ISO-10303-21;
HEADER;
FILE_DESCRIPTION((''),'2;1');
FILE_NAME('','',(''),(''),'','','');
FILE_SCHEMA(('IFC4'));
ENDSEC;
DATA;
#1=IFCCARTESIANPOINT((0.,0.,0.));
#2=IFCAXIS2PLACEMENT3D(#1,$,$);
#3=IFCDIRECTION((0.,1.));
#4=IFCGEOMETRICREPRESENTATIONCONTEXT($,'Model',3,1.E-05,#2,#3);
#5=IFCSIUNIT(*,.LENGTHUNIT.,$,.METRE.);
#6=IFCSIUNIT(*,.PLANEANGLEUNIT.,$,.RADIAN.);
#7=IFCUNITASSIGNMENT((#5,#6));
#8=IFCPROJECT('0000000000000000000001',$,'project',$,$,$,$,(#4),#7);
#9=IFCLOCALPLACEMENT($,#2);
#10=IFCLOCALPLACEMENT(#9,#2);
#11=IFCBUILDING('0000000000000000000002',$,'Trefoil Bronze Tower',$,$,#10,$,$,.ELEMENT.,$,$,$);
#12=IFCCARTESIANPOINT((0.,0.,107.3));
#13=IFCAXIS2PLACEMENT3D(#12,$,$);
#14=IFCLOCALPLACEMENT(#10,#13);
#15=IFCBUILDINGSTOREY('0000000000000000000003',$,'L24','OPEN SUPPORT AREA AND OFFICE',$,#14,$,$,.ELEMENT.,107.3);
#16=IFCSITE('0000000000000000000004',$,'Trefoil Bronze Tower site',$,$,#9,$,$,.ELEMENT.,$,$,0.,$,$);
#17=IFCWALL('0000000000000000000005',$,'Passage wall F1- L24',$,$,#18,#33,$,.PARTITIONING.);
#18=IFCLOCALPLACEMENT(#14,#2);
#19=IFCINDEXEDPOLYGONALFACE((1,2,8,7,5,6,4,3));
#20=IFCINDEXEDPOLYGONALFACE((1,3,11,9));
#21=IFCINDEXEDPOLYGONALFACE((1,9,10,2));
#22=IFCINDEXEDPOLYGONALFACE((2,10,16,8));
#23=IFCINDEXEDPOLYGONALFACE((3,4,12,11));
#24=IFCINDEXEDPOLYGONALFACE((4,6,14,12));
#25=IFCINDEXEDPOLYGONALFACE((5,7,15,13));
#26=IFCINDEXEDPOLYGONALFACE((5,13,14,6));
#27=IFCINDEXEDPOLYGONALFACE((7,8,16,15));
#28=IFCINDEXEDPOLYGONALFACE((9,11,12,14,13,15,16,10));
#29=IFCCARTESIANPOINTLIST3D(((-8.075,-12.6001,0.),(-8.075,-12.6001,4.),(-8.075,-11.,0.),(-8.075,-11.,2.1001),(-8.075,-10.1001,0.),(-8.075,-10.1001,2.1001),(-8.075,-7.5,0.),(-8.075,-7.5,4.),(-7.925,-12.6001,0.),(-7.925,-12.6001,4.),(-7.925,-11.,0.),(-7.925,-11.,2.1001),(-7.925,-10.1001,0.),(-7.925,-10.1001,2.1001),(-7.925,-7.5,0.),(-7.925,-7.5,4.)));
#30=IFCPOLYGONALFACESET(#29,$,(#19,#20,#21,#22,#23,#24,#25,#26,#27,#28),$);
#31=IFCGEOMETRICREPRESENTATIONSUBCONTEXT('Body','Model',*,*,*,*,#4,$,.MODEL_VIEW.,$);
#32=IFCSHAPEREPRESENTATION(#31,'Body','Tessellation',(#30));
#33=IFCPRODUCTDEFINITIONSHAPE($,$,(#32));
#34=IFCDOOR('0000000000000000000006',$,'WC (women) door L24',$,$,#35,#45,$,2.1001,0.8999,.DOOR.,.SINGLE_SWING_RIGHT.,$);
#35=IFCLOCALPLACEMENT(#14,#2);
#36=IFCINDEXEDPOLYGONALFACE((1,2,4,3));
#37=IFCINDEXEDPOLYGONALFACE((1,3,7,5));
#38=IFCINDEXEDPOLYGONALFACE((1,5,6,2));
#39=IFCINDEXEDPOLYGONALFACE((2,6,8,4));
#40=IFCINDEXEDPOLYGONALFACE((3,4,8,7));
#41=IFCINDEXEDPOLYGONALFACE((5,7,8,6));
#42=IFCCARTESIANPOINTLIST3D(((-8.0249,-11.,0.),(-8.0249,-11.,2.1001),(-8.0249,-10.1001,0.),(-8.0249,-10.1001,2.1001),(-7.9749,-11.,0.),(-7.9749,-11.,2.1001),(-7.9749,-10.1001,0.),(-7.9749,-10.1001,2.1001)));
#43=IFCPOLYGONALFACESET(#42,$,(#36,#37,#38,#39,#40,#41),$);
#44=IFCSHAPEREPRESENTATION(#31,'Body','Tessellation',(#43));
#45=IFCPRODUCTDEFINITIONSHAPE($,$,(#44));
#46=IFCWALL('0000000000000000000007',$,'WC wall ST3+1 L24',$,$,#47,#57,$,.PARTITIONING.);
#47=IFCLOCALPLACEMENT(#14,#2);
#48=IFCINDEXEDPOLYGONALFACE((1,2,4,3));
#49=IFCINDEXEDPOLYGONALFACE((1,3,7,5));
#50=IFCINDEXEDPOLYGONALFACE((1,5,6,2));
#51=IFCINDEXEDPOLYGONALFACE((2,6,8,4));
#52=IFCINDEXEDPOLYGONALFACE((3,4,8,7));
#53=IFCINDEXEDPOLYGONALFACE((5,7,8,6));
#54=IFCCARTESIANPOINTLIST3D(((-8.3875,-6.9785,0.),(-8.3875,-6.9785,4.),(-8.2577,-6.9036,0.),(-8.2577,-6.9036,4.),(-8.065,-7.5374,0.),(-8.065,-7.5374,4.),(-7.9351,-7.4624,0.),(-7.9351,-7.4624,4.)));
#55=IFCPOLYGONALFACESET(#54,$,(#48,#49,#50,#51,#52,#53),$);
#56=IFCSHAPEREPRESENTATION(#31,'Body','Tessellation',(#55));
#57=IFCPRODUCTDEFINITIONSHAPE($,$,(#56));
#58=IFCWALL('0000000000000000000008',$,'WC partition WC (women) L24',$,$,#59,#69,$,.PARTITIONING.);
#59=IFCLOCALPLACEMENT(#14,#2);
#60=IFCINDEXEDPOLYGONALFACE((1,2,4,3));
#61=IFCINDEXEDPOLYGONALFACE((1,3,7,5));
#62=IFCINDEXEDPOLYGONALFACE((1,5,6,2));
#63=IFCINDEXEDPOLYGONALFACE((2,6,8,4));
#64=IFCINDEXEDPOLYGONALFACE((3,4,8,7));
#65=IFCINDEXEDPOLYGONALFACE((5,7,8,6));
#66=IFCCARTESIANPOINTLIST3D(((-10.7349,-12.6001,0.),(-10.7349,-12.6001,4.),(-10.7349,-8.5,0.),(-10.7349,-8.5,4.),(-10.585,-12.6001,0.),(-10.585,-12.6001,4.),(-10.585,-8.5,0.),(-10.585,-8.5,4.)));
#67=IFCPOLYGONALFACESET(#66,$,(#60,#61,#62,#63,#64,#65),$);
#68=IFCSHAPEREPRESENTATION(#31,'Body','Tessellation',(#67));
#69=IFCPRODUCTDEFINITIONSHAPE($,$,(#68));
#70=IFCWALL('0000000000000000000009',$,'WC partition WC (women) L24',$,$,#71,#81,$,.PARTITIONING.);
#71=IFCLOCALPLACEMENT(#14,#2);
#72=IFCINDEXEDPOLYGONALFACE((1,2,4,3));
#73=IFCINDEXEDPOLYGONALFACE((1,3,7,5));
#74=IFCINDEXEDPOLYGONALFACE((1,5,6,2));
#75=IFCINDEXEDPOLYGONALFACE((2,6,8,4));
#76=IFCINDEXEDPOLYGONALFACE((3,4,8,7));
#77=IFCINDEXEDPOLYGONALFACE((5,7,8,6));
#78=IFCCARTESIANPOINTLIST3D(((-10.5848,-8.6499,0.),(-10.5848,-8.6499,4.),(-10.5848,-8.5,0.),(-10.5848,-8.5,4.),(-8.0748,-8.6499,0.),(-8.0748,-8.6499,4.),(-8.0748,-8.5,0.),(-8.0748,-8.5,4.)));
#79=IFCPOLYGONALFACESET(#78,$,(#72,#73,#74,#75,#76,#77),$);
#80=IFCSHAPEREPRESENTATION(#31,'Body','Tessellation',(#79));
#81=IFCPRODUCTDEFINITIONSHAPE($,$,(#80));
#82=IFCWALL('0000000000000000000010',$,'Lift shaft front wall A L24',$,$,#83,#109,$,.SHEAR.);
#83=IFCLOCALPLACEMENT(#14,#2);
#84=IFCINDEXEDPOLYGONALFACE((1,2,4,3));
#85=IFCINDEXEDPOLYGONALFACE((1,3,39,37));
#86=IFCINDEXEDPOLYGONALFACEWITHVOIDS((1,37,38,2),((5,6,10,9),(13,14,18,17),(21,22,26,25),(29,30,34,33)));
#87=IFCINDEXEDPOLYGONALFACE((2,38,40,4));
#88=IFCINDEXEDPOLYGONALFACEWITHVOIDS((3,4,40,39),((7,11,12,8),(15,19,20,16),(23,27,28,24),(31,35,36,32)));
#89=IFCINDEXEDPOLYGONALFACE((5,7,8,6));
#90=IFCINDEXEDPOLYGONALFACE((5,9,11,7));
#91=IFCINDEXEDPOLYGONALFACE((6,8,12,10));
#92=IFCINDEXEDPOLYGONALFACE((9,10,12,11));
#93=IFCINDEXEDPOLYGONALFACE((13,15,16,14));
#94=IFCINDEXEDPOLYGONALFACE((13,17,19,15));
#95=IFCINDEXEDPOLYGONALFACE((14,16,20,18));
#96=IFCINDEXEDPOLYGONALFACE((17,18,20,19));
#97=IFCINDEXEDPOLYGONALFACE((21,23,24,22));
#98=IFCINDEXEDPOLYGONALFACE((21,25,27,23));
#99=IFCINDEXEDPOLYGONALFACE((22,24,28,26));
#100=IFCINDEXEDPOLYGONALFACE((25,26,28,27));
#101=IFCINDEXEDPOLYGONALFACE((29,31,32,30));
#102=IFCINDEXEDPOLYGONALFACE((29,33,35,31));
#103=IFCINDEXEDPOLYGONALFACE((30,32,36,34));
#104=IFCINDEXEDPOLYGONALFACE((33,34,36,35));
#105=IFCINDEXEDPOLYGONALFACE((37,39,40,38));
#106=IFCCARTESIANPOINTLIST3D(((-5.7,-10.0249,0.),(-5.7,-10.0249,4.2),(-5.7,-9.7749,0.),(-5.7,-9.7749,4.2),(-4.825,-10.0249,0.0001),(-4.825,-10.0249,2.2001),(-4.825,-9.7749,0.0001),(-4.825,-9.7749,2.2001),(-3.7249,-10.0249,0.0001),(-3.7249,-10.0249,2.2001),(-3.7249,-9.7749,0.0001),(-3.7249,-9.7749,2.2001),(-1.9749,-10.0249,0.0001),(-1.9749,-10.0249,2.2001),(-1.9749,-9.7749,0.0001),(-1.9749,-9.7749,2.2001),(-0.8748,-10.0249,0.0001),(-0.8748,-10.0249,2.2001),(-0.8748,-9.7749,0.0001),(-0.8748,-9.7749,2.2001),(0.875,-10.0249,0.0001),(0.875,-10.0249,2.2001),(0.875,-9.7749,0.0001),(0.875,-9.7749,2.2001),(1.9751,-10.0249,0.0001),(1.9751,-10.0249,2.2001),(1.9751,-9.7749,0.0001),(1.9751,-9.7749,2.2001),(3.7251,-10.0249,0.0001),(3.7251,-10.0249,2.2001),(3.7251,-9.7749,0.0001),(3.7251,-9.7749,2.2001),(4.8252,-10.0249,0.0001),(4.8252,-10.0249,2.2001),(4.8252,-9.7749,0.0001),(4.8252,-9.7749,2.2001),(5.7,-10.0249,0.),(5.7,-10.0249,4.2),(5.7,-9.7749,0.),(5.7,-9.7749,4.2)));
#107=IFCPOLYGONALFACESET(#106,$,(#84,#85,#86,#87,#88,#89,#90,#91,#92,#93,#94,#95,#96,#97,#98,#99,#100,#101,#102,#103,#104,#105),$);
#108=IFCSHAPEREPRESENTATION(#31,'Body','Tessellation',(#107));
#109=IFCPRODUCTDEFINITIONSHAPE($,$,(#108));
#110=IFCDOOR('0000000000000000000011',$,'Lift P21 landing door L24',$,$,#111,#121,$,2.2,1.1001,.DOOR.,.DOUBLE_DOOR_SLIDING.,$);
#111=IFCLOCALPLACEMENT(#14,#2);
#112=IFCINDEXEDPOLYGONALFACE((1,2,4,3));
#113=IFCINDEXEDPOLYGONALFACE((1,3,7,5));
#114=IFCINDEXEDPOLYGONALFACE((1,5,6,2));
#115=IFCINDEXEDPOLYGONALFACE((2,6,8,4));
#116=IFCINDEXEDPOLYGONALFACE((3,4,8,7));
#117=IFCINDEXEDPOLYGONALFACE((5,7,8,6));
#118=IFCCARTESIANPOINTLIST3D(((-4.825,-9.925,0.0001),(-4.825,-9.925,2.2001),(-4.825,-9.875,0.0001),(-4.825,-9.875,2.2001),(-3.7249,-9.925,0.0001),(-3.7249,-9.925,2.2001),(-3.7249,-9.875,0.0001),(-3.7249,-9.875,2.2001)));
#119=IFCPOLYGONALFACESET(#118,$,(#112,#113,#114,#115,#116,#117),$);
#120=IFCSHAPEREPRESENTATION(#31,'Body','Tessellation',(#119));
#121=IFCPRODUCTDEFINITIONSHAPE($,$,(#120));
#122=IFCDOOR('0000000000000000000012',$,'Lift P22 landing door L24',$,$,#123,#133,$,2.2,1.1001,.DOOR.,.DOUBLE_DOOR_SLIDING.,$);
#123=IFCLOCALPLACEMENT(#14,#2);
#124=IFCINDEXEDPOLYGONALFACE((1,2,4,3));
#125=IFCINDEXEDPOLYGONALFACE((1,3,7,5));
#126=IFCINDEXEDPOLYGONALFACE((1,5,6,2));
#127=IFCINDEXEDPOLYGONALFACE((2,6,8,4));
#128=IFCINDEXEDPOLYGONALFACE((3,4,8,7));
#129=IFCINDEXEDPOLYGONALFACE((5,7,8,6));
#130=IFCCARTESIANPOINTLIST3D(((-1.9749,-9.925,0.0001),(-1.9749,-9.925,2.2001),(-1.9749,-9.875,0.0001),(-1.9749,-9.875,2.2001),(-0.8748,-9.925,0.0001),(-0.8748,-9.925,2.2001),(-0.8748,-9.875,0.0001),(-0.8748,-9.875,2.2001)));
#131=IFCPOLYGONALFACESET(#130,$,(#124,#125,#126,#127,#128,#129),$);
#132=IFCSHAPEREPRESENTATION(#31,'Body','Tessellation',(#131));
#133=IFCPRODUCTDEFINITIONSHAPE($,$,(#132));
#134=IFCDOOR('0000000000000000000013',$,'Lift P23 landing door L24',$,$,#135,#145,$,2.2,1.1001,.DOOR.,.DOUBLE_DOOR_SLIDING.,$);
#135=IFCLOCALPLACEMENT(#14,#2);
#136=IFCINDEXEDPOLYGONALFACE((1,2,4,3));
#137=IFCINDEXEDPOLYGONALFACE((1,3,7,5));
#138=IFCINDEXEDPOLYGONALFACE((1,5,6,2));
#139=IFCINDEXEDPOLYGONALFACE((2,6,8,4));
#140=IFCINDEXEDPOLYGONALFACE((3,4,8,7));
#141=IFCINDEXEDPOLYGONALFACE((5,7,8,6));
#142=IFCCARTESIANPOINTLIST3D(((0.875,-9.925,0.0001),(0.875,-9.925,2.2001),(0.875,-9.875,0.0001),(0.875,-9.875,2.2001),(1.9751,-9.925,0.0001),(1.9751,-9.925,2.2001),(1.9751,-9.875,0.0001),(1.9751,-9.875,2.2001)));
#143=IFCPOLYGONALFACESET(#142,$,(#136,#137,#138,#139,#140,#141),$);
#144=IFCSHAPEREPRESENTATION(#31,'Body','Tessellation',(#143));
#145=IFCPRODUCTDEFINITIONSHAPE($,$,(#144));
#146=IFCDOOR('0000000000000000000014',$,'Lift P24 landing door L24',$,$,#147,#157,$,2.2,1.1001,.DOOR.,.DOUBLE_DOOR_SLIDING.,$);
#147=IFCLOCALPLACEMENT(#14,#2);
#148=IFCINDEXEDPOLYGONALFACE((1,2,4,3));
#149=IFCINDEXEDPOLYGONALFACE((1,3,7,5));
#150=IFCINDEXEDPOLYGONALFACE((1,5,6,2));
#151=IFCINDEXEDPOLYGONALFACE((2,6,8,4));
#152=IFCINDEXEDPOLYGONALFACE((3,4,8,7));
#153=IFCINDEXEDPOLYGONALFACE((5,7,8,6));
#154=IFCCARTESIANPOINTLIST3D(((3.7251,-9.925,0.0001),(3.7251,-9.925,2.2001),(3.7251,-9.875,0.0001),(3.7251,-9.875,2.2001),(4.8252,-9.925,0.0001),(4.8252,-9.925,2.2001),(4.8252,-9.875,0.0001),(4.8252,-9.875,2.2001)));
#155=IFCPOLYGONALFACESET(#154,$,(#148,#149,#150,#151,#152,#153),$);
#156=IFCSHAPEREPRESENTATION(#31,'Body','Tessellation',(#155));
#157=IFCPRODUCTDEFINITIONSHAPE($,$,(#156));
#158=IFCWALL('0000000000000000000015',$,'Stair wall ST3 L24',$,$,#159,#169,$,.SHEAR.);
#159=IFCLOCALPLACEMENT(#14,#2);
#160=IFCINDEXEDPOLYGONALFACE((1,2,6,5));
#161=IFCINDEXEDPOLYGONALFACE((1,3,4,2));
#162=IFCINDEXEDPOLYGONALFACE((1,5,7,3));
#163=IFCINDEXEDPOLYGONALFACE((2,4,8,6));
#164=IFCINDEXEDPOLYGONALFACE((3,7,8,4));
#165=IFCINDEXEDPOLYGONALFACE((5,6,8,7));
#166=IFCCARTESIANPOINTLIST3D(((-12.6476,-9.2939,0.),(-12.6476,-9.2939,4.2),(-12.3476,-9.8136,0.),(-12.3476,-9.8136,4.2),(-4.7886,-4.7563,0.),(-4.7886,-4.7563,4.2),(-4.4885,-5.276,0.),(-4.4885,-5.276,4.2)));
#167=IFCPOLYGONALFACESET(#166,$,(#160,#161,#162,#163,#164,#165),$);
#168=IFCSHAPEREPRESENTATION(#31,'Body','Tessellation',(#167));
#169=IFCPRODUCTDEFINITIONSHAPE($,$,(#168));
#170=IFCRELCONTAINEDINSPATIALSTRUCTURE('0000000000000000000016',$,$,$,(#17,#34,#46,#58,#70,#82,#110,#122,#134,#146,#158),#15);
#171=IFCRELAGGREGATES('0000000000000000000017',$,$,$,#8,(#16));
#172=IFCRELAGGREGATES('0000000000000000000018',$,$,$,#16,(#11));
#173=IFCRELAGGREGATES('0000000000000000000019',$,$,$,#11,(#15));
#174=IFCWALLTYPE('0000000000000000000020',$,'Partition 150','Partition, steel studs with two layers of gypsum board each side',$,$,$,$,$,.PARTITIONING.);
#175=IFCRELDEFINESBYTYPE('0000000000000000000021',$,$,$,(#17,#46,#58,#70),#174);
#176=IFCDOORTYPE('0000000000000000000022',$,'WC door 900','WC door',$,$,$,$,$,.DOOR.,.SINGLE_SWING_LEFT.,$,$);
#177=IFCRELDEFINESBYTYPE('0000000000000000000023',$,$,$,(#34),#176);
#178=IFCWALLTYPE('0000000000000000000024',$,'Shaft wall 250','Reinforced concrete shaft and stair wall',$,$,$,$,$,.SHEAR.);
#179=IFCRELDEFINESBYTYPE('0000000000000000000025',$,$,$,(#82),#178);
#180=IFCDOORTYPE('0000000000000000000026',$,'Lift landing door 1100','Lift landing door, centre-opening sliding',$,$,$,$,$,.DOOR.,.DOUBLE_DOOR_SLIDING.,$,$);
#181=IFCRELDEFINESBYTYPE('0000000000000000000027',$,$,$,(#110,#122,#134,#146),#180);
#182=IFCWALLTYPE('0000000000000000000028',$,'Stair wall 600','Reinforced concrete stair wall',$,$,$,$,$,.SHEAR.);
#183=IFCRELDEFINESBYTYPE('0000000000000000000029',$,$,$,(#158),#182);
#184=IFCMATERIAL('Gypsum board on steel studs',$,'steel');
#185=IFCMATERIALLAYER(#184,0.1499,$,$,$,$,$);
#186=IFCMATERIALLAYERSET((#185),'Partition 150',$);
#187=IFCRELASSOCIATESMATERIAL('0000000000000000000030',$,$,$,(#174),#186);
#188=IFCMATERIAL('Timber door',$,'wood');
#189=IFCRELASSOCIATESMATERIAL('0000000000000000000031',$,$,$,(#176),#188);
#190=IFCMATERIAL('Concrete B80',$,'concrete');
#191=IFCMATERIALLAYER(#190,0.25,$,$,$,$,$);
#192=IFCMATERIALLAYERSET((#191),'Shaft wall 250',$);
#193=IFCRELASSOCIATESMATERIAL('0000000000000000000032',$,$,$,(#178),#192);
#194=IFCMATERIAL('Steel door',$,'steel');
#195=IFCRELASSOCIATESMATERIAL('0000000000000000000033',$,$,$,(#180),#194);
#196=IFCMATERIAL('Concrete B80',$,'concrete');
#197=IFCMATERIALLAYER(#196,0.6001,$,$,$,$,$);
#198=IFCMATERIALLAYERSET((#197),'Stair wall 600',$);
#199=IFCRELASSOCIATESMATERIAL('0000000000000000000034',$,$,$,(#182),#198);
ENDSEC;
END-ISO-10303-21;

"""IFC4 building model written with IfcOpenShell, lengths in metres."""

from ifc_helpers import new_model, si_unit, direction, frame, frame_2d, origin, place, context, subcontext, project, spatial, rectangle, extrude, material, layer, layer_set, type_object, element, fill, save


model = new_model("IFC4")

# Units and contexts
model_context = context("Model", 3, precision=1e-05, world=origin(), true_north=direction((0.0, 1.0)))
body_context = subcontext(model_context, "Body", "Model", "MODEL_VIEW")
ifc_project = project(units=[si_unit("LENGTHUNIT", "METRE"), si_unit("PLANEANGLEUNIT", "RADIAN")], contexts=[model_context])

# Site, building, storey
site_placement = place(None, origin())
site = spatial("IfcSite", under=ifc_project, at=site_placement, Name="Trefoil Bronze Tower site", CompositionType="ELEMENT", RefElevation=0.0)
building_placement = place(site_placement, origin())
building = spatial("IfcBuilding", under=site, at=building_placement, Name="Trefoil Bronze Tower", CompositionType="ELEMENT")
storey_placement = place(building_placement, frame((0.0, 0.0, 107.3)))
storey = spatial("IfcBuildingStorey", under=building, at=storey_placement, Name="L24", Description="OPEN SUPPORT AREA AND OFFICE", CompositionType="ELEMENT", Elevation=107.3)

# Wall, opening, door
ifc_material_1 = material(Name="Gypsum board on steel studs", Category="steel")
ifc_layer_1 = layer(ifc_material_1, 0.1499)
ifc_layer_set_1 = layer_set([ifc_layer_1], Name="Partition 150")
wall_type_1 = type_object("IfcWallType", Name="Partition 150", Description="Partition, steel studs with two layers of gypsum board each side", PredefinedType="PARTITIONING", material=ifc_layer_set_1)
wall_1_placement = place(storey_placement, frame((-8.0, -7.5, 0.0), z_axis=(0.0, 0.0, 1.0), x_axis=(0.0, -1.0, 0.0)))
wall_1 = element("IfcWall", 1, at=wall_1_placement, inside=storey, type_object=wall_type_1, Name="Passage wall F1- L24", PredefinedType="PARTITIONING", context=body_context, shape_type="SweptSolid", body=[
    extrude(rectangle(XDim=5.1001, YDim=0.1499, at=frame_2d((2.55, 0.0))), origin(), (0.0, 0.0, 1.0), 4.0),
])
opening_1_placement = place(wall_1_placement, frame((2.6001, 0.0, 0.0)))
opening_1 = element("IfcOpeningElement", 2, at=opening_1_placement, cuts=wall_1, PredefinedType="OPENING", context=body_context, shape_type="SweptSolid", body=[
    extrude(rectangle(XDim=0.8999, YDim=2.1001, at=frame_2d((0.45, 1.05))), frame((0.0, 0.085, 0.0), z_axis=(0.0, -1.0, 0.0), x_axis=(1.0, 0.0, 0.0)), (0.0, 0.0, 1.0), 0.1699),
])
ifc_material_2 = material(Name="Timber door", Category="wood")
door_type_1 = type_object("IfcDoorType", Name="WC door 900", Description="WC door", OperationType="SINGLE_SWING_LEFT", PredefinedType="DOOR", material=ifc_material_2)
door_1_placement = place(opening_1_placement, frame((0.8999, 0.0, 0.0), z_axis=(0.0, 0.0, 1.0), x_axis=(-1.0, 0.0, 0.0)))
door_1 = element("IfcDoor", 3, at=door_1_placement, inside=storey, type_object=door_type_1, Name="WC (women) door L24", OperationType="SINGLE_SWING_RIGHT", OverallHeight=2.1001, OverallWidth=0.8999, PredefinedType="DOOR", context=body_context, shape_type="SweptSolid", body=[
    extrude(rectangle(XDim=0.8999, YDim=2.1001, at=frame_2d((0.45, 1.05))), frame((0.0, 0.0249, 0.0), z_axis=(0.0, -1.0, 0.0), x_axis=(1.0, 0.0, 0.0)), (0.0, 0.0, 1.0), 0.05),
])
fill(opening_1, door_1)

# Walls
wall_2_placement = place(storey_placement, frame((-8.0, -7.5, 0.0), z_axis=(0.0, 0.0, 1.0), x_axis=(-0.499843, 0.866116, 0.0)))
element("IfcWall", 4, at=wall_2_placement, inside=storey, type_object=wall_type_1, Name="WC wall ST3+1 L24", PredefinedType="PARTITIONING", context=body_context, shape_type="SweptSolid", body=[
    extrude(rectangle(XDim=0.6453, YDim=0.1499, at=frame_2d((0.3228, 0.0))), origin(), (0.0, 0.0, 1.0), 4.0),
])
wall_3_placement = place(storey_placement, frame((-10.6599, -8.5, 0.0), z_axis=(0.0, 0.0, 1.0), x_axis=(0.0, -1.0, 0.0)))
element("IfcWall", 5, at=wall_3_placement, inside=storey, type_object=wall_type_1, Name="WC partition WC (women) L24", PredefinedType="PARTITIONING", context=body_context, shape_type="SweptSolid", body=[
    extrude(rectangle(XDim=4.1001, YDim=0.1499, at=frame_2d((2.05, 0.0))), origin(), (0.0, 0.0, 1.0), 4.0),
])
wall_4_placement = place(storey_placement, frame((-8.075, -8.575, 0.0), z_axis=(0.0, 0.0, 1.0), x_axis=(-1.0, 0.0, 0.0)))
element("IfcWall", 6, at=wall_4_placement, inside=storey, type_object=wall_type_1, Name="WC partition WC (women) L24", PredefinedType="PARTITIONING", context=body_context, shape_type="SweptSolid", body=[
    extrude(rectangle(XDim=2.51, YDim=0.1499, at=frame_2d((1.2549, 0.0))), origin(), (0.0, 0.0, 1.0), 4.0),
])

# Wall, openings, doors
ifc_material_3 = material(Name="Concrete B80", Category="concrete")
ifc_layer_2 = layer(ifc_material_3, 0.25)
ifc_layer_set_2 = layer_set([ifc_layer_2], Name="Shaft wall 250")
wall_type_2 = type_object("IfcWallType", Name="Shaft wall 250", Description="Reinforced concrete shaft and stair wall", PredefinedType="SHEAR", material=ifc_layer_set_2)
wall_5_placement = place(storey_placement, frame((-5.7, -9.8999, 0.0), z_axis=(0.0, 0.0, 1.0), x_axis=(1.0, 0.0, 0.0)))
wall_5 = element("IfcWall", 7, at=wall_5_placement, inside=storey, type_object=wall_type_2, Name="Lift shaft front wall A L24", PredefinedType="SHEAR", context=body_context, shape_type="SweptSolid", body=[
    extrude(rectangle(XDim=11.3999, YDim=0.25, at=frame_2d((5.7, 0.0))), origin(), (0.0, 0.0, 1.0), 4.2),
])
opening_2_placement = place(wall_5_placement, frame((0.875, 0.0, 0.0)))
opening_2 = element("IfcOpeningElement", 8, at=opening_2_placement, cuts=wall_5, PredefinedType="OPENING", context=body_context, shape_type="SweptSolid", body=[
    extrude(rectangle(XDim=1.1001, YDim=2.2, at=frame_2d((0.55, 1.1001))), frame((0.0, 0.135, 0.0), z_axis=(0.0, -1.0, 0.0), x_axis=(1.0, 0.0, 0.0)), (0.0, 0.0, 1.0), 0.27),
])
opening_3_placement = place(wall_5_placement, frame((3.7251, 0.0, 0.0)))
opening_3 = element("IfcOpeningElement", 9, at=opening_3_placement, cuts=wall_5, PredefinedType="OPENING", context=body_context, shape_type="SweptSolid", body=[
    extrude(rectangle(XDim=1.1001, YDim=2.2, at=frame_2d((0.55, 1.1001))), frame((0.0, 0.135, 0.0), z_axis=(0.0, -1.0, 0.0), x_axis=(1.0, 0.0, 0.0)), (0.0, 0.0, 1.0), 0.27),
])
opening_4_placement = place(wall_5_placement, frame((6.575, 0.0, 0.0)))
opening_4 = element("IfcOpeningElement", 10, at=opening_4_placement, cuts=wall_5, PredefinedType="OPENING", context=body_context, shape_type="SweptSolid", body=[
    extrude(rectangle(XDim=1.1001, YDim=2.2, at=frame_2d((0.55, 1.1001))), frame((0.0, 0.135, 0.0), z_axis=(0.0, -1.0, 0.0), x_axis=(1.0, 0.0, 0.0)), (0.0, 0.0, 1.0), 0.27),
])
opening_5_placement = place(wall_5_placement, frame((9.425, 0.0, 0.0)))
opening_5 = element("IfcOpeningElement", 11, at=opening_5_placement, cuts=wall_5, PredefinedType="OPENING", context=body_context, shape_type="SweptSolid", body=[
    extrude(rectangle(XDim=1.1001, YDim=2.2, at=frame_2d((0.55, 1.1001))), frame((0.0, 0.135, 0.0), z_axis=(0.0, -1.0, 0.0), x_axis=(1.0, 0.0, 0.0)), (0.0, 0.0, 1.0), 0.27),
])
ifc_material_4 = material(Name="Steel door", Category="steel")
door_type_2 = type_object("IfcDoorType", Name="Lift landing door 1100", Description="Lift landing door, centre-opening sliding", OperationType="DOUBLE_DOOR_SLIDING", PredefinedType="DOOR", material=ifc_material_4)
door_2_placement = place(opening_2_placement, origin())
door_2 = element("IfcDoor", 12, at=door_2_placement, inside=storey, type_object=door_type_2, Name="Lift P21 landing door L24", OperationType="DOUBLE_DOOR_SLIDING", OverallHeight=2.2, OverallWidth=1.1001, PredefinedType="DOOR", context=body_context, shape_type="SweptSolid", body=[
    extrude(rectangle(XDim=1.1001, YDim=2.2, at=frame_2d((0.55, 1.1001))), frame((0.0, 0.0249, 0.0), z_axis=(0.0, -1.0, 0.0), x_axis=(1.0, 0.0, 0.0)), (0.0, 0.0, 1.0), 0.05),
])
fill(opening_2, door_2)
door_3_placement = place(opening_3_placement, origin())
door_3 = element("IfcDoor", 13, at=door_3_placement, inside=storey, type_object=door_type_2, Name="Lift P22 landing door L24", OperationType="DOUBLE_DOOR_SLIDING", OverallHeight=2.2, OverallWidth=1.1001, PredefinedType="DOOR", context=body_context, shape_type="SweptSolid", body=[
    extrude(rectangle(XDim=1.1001, YDim=2.2, at=frame_2d((0.55, 1.1001))), frame((0.0, 0.0249, 0.0), z_axis=(0.0, -1.0, 0.0), x_axis=(1.0, 0.0, 0.0)), (0.0, 0.0, 1.0), 0.05),
])
fill(opening_3, door_3)
door_4_placement = place(opening_4_placement, origin())
door_4 = element("IfcDoor", 14, at=door_4_placement, inside=storey, type_object=door_type_2, Name="Lift P23 landing door L24", OperationType="DOUBLE_DOOR_SLIDING", OverallHeight=2.2, OverallWidth=1.1001, PredefinedType="DOOR", context=body_context, shape_type="SweptSolid", body=[
    extrude(rectangle(XDim=1.1001, YDim=2.2, at=frame_2d((0.55, 1.1001))), frame((0.0, 0.0249, 0.0), z_axis=(0.0, -1.0, 0.0), x_axis=(1.0, 0.0, 0.0)), (0.0, 0.0, 1.0), 0.05),
])
fill(opening_4, door_4)
door_5_placement = place(opening_5_placement, origin())
door_5 = element("IfcDoor", 15, at=door_5_placement, inside=storey, type_object=door_type_2, Name="Lift P24 landing door L24", OperationType="DOUBLE_DOOR_SLIDING", OverallHeight=2.2, OverallWidth=1.1001, PredefinedType="DOOR", context=body_context, shape_type="SweptSolid", body=[
    extrude(rectangle(XDim=1.1001, YDim=2.2, at=frame_2d((0.55, 1.1001))), frame((0.0, 0.0249, 0.0), z_axis=(0.0, -1.0, 0.0), x_axis=(1.0, 0.0, 0.0)), (0.0, 0.0, 1.0), 0.05),
])
fill(opening_5, door_5)

# Wall
ifc_material_5 = material(Name="Concrete B80", Category="concrete")
ifc_layer_3 = layer(ifc_material_5, 0.6001)
ifc_layer_set_3 = layer_set([ifc_layer_3], Name="Stair wall 600")
wall_type_3 = type_object("IfcWallType", Name="Stair wall 600", Description="Reinforced concrete stair wall", PredefinedType="SHEAR", material=ifc_layer_set_3)
wall_6_placement = place(storey_placement, frame((-4.6384, -5.0161, 0.0), z_axis=(0.0, 0.0, 1.0), x_axis=(-0.866019, -0.50001, 0.0)))
element("IfcWall", 16, at=wall_6_placement, inside=storey, type_object=wall_type_3, Name="Stair wall ST3 L24", PredefinedType="SHEAR", context=body_context, shape_type="SweptSolid", body=[
    extrude(rectangle(XDim=9.075, YDim=0.6001, at=frame_2d((4.5376, 0.0))), origin(), (0.0, 0.0, 1.0), 4.2),
])

save(model, "model.ifc")
